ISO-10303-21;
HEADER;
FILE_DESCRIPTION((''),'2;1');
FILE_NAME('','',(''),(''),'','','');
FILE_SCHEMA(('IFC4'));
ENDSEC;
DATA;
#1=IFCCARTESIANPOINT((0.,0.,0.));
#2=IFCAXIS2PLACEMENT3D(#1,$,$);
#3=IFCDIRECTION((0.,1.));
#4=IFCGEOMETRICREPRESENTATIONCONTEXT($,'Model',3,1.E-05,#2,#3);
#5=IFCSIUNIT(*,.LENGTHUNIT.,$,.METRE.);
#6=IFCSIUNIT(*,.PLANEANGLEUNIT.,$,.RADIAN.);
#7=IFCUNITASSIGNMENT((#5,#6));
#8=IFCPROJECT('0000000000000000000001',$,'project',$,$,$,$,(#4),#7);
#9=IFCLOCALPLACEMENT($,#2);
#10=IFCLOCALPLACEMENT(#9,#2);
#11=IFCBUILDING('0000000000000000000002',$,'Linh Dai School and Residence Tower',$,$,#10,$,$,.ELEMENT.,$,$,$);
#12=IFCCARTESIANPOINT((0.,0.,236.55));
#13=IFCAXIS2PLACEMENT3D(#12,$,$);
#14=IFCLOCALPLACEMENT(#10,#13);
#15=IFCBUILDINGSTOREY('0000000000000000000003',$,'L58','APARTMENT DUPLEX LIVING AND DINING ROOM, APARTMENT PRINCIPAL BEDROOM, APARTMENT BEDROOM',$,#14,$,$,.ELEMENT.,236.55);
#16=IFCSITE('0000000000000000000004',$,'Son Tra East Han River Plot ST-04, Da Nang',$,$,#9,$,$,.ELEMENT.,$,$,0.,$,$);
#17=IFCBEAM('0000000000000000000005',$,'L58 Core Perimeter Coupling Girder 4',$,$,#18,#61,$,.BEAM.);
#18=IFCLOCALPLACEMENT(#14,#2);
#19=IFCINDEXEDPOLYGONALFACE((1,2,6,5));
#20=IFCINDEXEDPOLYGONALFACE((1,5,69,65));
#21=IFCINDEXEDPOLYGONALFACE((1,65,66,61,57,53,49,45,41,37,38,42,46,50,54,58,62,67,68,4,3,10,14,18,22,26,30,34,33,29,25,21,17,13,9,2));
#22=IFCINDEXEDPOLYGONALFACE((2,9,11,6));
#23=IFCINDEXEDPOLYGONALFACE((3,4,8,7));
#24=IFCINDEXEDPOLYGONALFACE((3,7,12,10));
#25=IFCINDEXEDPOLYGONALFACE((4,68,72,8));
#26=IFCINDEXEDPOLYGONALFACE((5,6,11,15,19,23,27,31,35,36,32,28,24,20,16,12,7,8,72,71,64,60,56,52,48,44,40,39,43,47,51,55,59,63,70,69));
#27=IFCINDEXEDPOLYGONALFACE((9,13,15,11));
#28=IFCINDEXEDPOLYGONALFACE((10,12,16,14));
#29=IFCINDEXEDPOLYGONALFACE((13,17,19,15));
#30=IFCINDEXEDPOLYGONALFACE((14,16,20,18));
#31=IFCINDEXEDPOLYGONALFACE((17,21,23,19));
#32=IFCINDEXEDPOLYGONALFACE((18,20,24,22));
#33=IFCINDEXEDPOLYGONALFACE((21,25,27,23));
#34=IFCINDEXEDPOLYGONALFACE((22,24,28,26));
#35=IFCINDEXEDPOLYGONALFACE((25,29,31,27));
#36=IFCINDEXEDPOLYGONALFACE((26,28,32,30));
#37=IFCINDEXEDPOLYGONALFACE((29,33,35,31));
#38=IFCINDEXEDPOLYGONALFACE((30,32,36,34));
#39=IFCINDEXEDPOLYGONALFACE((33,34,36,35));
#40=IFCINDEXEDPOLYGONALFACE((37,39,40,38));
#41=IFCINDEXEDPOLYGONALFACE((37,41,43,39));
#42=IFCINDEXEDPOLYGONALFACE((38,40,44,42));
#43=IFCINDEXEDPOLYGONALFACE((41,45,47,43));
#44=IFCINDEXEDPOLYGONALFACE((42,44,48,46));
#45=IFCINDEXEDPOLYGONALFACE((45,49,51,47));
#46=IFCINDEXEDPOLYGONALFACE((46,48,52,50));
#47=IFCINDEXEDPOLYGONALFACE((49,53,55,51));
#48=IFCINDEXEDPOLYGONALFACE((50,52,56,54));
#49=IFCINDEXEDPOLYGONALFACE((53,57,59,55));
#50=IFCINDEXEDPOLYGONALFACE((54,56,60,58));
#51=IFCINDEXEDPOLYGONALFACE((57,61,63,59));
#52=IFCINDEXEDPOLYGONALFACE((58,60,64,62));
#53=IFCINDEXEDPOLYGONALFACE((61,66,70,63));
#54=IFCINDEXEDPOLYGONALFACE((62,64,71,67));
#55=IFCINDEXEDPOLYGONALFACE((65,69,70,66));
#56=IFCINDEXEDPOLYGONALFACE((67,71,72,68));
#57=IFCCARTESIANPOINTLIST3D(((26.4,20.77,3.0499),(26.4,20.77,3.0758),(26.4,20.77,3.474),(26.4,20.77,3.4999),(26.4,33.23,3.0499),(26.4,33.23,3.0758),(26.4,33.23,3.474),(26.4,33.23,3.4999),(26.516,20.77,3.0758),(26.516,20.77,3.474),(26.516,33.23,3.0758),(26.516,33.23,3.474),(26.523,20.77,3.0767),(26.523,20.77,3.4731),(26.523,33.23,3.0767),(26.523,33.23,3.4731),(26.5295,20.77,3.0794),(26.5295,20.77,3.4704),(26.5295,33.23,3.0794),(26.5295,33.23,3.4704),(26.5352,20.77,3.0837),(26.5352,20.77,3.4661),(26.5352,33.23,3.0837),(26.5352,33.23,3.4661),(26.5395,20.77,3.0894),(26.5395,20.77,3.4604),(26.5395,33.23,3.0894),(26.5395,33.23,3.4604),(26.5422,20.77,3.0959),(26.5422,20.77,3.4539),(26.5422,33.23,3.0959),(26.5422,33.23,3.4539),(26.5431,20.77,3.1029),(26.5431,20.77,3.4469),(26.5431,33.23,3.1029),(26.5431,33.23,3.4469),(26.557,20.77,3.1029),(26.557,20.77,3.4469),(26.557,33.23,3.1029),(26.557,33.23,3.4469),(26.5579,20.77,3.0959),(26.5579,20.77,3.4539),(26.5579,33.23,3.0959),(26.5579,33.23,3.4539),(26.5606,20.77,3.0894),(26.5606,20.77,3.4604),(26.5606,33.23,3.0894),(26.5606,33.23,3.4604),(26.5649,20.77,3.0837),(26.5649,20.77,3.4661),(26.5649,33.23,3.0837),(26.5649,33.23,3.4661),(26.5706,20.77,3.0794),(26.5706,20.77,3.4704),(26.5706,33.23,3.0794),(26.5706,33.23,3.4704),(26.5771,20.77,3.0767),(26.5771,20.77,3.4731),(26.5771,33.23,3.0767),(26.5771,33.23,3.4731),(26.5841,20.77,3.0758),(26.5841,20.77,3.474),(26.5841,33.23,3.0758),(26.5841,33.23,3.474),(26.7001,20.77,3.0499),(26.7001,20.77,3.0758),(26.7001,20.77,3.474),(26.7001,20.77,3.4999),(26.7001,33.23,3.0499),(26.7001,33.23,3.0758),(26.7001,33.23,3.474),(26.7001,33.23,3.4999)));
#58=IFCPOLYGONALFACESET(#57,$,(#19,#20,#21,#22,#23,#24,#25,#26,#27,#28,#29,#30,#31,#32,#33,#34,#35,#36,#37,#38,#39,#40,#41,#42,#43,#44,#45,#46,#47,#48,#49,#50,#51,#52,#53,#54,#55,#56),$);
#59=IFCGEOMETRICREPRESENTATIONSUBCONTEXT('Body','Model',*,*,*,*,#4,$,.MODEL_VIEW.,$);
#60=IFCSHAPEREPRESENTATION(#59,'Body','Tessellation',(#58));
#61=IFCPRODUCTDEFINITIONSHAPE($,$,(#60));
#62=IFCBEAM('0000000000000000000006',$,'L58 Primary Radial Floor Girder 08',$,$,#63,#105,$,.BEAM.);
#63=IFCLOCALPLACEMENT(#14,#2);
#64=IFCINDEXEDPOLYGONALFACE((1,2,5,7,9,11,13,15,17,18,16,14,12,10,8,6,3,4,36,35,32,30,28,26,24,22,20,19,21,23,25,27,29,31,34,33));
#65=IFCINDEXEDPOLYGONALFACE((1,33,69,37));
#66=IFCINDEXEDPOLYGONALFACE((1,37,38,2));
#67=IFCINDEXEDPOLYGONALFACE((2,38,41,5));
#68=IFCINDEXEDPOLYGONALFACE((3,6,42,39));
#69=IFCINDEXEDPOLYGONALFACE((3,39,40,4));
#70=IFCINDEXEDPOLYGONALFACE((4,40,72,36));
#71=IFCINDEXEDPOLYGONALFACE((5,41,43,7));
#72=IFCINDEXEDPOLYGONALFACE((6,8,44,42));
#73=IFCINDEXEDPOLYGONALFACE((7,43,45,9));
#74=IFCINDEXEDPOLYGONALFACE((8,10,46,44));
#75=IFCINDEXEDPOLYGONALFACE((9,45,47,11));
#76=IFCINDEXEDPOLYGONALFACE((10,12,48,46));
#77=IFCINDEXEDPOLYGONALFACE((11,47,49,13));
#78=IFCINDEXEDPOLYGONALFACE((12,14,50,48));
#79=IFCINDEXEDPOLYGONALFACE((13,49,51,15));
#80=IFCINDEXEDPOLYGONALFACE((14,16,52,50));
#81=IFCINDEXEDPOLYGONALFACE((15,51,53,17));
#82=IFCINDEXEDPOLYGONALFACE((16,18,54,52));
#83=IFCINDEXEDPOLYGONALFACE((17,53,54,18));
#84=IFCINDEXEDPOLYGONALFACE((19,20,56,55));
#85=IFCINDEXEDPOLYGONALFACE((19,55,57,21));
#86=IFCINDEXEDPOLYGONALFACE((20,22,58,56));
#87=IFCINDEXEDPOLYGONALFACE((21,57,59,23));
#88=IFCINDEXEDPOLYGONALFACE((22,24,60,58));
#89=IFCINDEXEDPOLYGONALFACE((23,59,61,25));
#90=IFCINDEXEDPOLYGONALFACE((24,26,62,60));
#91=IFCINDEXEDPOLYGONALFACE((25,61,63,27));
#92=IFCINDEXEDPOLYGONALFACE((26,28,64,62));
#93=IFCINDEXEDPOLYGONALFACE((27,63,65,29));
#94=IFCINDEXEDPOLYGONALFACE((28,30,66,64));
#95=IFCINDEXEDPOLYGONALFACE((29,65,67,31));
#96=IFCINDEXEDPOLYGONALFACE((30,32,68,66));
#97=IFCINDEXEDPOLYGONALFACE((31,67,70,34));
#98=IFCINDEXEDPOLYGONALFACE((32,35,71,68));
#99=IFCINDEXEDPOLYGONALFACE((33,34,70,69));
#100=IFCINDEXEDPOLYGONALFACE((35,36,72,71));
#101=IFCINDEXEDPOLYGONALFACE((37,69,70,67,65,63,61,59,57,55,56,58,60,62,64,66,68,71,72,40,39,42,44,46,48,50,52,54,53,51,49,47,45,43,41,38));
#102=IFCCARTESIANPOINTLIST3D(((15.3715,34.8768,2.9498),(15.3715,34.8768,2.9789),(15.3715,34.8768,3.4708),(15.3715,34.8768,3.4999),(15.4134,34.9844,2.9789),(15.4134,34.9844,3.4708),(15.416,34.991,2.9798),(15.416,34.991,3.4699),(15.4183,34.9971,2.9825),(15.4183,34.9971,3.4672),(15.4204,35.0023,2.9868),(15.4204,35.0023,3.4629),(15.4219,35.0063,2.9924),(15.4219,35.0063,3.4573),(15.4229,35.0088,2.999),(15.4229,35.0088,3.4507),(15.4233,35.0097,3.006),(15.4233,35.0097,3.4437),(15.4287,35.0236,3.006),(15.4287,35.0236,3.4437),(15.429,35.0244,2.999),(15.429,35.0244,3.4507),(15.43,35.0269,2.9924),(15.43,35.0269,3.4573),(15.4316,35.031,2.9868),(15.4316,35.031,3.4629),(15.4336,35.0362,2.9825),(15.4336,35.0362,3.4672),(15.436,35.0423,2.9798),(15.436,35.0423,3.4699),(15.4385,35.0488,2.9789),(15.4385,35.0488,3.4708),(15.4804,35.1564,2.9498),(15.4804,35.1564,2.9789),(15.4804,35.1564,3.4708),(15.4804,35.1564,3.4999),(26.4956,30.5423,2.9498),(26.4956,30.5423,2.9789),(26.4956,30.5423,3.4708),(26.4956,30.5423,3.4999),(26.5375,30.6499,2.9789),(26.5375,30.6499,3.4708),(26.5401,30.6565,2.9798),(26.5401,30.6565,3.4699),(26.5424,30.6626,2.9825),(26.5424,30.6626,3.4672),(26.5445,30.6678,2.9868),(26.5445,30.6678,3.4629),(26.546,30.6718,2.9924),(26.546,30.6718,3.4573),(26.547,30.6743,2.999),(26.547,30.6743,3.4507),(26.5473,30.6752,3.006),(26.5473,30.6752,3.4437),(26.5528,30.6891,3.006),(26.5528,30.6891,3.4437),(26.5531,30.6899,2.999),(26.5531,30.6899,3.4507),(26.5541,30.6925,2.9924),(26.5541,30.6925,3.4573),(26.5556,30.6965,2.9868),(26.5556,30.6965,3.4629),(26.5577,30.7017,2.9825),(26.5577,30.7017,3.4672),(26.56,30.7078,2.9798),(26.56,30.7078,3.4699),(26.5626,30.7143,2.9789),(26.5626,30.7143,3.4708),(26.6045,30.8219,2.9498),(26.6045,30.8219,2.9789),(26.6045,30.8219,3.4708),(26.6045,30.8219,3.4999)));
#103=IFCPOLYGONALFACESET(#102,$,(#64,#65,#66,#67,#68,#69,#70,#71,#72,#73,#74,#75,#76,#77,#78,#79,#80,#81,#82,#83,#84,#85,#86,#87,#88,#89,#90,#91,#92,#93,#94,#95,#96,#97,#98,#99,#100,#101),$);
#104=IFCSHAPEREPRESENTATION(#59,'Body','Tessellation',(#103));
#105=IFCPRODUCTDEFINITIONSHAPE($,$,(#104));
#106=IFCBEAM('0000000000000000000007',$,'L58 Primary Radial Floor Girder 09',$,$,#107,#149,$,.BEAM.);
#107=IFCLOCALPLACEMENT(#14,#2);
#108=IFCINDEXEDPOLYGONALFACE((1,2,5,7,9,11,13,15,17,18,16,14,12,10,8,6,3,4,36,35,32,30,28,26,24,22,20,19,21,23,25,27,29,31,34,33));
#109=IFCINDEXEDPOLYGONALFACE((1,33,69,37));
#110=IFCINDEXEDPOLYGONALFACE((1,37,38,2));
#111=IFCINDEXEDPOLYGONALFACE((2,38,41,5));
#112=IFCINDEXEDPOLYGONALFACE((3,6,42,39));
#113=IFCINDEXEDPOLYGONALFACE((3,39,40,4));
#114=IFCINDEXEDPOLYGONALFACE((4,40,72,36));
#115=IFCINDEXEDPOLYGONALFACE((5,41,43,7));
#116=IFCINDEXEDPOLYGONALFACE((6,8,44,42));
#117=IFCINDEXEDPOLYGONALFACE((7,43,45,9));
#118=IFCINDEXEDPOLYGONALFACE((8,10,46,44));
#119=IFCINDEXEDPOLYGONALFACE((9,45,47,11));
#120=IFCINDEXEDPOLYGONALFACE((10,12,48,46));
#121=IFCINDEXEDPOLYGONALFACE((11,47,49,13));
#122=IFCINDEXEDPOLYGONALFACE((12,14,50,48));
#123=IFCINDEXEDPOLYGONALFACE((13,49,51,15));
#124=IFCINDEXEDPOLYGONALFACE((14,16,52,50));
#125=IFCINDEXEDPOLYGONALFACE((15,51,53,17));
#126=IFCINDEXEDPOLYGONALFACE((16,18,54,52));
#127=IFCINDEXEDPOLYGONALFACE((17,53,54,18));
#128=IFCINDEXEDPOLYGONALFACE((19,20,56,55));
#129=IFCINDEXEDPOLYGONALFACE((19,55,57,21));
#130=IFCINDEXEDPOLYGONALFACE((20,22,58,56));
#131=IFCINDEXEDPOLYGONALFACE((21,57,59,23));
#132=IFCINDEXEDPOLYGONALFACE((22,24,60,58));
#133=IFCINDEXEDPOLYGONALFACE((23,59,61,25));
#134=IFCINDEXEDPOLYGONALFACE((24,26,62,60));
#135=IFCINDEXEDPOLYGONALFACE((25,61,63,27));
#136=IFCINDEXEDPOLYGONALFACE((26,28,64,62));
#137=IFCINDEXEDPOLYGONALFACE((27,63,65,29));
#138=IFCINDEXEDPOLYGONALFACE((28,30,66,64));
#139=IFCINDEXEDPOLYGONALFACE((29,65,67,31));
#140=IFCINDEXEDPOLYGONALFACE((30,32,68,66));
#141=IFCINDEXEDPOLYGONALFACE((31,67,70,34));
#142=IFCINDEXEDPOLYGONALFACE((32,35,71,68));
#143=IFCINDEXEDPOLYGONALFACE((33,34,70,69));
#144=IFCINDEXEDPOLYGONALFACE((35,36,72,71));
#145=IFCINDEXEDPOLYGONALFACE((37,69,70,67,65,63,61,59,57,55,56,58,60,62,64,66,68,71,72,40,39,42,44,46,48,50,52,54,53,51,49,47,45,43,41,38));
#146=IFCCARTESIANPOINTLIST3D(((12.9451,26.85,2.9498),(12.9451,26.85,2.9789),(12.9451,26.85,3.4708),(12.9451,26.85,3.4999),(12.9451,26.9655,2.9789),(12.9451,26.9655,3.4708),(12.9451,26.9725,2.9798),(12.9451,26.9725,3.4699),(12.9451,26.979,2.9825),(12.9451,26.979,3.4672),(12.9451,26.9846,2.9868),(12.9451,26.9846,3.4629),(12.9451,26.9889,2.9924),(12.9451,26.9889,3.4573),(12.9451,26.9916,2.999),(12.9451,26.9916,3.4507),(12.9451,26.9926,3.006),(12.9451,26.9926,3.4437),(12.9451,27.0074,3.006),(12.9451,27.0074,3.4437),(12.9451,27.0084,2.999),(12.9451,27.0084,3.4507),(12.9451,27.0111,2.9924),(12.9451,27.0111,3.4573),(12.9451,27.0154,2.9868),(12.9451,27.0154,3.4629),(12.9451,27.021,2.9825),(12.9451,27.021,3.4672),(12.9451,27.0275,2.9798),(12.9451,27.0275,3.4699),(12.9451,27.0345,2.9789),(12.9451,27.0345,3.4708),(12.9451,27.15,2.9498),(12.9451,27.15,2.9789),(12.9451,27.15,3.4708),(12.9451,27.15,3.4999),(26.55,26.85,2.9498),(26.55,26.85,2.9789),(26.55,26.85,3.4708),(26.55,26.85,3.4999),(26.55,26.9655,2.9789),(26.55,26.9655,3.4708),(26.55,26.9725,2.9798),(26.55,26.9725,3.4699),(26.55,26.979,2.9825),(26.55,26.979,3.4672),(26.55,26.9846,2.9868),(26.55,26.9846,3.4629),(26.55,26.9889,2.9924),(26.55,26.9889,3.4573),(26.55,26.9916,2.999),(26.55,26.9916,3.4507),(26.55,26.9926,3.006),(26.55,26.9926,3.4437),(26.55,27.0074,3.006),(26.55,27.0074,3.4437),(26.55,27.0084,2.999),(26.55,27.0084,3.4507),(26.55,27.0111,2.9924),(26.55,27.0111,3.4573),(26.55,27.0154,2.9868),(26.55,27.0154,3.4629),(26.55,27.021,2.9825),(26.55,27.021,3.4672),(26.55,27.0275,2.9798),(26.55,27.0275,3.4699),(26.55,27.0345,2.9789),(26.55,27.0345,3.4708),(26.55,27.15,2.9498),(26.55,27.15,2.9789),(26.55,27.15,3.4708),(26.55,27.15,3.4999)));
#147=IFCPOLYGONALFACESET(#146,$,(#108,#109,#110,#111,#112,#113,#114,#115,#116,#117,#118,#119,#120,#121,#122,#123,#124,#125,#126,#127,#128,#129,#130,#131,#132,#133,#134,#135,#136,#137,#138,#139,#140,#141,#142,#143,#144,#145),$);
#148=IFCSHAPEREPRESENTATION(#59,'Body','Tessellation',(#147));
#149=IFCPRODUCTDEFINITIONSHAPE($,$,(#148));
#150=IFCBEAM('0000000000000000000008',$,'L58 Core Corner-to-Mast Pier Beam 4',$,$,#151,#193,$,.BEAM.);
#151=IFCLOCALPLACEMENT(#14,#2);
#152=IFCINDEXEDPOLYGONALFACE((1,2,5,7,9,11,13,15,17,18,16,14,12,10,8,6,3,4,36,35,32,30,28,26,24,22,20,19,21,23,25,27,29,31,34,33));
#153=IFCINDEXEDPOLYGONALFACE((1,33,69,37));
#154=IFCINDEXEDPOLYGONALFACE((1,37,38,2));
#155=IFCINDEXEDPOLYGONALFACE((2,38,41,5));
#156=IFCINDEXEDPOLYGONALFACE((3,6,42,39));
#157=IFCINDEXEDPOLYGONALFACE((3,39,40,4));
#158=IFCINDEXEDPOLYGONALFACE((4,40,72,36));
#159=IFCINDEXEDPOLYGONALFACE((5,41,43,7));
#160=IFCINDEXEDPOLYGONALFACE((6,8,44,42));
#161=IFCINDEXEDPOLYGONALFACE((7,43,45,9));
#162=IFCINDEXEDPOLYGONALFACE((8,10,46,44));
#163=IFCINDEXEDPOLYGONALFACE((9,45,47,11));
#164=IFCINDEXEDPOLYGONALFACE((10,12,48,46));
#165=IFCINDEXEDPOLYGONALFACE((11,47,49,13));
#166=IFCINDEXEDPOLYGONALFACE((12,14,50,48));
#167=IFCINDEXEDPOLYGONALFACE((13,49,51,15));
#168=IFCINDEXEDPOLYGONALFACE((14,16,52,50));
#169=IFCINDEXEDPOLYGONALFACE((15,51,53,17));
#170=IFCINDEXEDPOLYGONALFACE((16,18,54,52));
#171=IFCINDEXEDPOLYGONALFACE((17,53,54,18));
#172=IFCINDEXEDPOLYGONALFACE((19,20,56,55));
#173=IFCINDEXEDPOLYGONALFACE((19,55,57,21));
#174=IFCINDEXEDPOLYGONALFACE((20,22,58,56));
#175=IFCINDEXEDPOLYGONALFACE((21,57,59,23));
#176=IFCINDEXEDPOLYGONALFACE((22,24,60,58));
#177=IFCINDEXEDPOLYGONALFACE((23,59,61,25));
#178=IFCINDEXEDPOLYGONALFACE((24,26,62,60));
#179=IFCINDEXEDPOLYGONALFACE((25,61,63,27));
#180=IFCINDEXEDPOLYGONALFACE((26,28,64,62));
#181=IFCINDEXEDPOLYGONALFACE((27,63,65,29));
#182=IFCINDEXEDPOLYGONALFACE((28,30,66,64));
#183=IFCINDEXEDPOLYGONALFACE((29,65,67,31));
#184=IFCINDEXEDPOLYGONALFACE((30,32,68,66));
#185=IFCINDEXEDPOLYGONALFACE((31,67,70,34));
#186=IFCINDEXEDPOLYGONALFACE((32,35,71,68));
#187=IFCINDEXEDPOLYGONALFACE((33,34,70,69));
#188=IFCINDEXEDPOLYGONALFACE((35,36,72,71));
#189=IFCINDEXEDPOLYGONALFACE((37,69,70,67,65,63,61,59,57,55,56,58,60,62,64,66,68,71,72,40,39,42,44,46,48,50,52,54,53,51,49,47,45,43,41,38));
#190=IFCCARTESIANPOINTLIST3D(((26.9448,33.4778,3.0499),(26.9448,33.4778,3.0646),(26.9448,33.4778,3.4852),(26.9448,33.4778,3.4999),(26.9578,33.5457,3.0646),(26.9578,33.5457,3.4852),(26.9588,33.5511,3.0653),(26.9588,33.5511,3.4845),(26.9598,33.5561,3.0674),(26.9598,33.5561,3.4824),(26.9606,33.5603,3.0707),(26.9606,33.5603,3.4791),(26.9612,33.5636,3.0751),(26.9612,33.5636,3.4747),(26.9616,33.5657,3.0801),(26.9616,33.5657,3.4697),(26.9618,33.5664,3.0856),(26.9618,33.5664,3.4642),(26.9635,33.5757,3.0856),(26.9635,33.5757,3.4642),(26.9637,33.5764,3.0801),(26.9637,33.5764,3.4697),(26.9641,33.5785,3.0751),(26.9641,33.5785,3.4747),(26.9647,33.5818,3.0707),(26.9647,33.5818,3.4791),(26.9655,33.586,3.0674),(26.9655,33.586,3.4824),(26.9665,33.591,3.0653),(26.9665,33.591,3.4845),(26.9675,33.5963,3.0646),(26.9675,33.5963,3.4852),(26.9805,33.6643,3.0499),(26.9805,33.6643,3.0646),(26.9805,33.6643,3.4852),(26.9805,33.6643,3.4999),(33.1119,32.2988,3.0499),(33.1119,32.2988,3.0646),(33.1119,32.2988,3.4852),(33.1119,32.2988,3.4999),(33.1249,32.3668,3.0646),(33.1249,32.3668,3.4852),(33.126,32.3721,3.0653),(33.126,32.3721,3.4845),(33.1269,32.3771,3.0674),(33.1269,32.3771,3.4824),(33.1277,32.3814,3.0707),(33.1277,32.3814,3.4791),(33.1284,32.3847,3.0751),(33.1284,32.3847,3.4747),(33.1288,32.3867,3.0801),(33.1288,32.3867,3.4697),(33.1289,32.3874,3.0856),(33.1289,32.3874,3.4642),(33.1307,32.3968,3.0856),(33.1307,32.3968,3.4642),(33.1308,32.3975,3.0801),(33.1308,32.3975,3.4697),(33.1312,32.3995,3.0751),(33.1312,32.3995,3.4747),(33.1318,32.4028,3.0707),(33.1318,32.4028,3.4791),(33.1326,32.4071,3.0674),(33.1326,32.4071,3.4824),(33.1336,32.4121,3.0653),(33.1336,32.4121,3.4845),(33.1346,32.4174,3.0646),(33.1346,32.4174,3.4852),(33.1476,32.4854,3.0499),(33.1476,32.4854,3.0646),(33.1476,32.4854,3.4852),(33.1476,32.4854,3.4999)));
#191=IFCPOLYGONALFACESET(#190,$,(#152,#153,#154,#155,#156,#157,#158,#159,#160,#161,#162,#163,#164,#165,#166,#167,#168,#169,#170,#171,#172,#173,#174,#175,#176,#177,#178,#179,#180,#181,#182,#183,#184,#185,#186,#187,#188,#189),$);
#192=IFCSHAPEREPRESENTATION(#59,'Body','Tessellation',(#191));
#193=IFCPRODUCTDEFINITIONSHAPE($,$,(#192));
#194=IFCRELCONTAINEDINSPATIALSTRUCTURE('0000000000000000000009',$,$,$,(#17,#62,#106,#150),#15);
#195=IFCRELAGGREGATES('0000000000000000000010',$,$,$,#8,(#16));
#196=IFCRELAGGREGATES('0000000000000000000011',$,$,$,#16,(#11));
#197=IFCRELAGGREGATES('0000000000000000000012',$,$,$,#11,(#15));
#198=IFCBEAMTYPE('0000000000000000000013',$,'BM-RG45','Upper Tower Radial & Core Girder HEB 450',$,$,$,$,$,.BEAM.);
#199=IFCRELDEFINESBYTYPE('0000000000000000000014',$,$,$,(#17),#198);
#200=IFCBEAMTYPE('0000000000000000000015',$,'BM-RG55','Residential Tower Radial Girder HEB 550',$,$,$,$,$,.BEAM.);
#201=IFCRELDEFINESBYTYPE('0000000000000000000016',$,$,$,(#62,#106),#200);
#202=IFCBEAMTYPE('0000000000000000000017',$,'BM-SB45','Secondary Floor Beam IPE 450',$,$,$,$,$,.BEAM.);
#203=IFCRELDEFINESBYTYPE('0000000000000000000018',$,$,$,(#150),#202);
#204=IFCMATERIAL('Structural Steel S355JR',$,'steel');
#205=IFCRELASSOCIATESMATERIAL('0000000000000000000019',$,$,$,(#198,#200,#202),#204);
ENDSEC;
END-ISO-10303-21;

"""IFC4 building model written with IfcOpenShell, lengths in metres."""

from ifc_helpers import new_model, si_unit, direction, frame, origin, origin_2d, place, context, subcontext, project, spatial, i_section, extrude, material, material_profile, profile_set, type_object, element, save


model = new_model("IFC4")

# Units and contexts
model_context = context("Model", 3, precision=1e-05, world=origin(), true_north=direction((0.0, 1.0)))
body_context = subcontext(model_context, "Body", "Model", "MODEL_VIEW")
ifc_project = project(units=[si_unit("LENGTHUNIT", "METRE"), si_unit("PLANEANGLEUNIT", "RADIAN")], contexts=[model_context])

# Site, building, storey
site_placement = place(None, origin())
site = spatial("IfcSite", under=ifc_project, at=site_placement, Name="Son Tra East Han River Plot ST-04, Da Nang", CompositionType="ELEMENT", RefElevation=0.0)
building_placement = place(site_placement, origin())
building = spatial("IfcBuilding", under=site, at=building_placement, Name="Linh Dai School and Residence Tower", CompositionType="ELEMENT")
storey_placement = place(building_placement, frame((0.0, 0.0, 236.55)))
storey = spatial("IfcBuildingStorey", under=building, at=storey_placement, Name="L58", Description="APARTMENT DUPLEX LIVING AND DINING ROOM, APARTMENT PRINCIPAL BEDROOM, APARTMENT BEDROOM", CompositionType="ELEMENT", Elevation=236.55)

# Shared definitions
ifc_material_1 = material(Name="Structural Steel S355JR", Category="steel")

# Beams
ifc_material_profile_1 = material_profile(ifc_material_1, i_section(OverallWidth=0.3, OverallDepth=0.45, WebThickness=0.0139, FlangeThickness=0.0259, FilletRadius=0.0271, at=origin_2d()), Name="HEB 450")
ifc_profile_set_1 = profile_set([ifc_material_profile_1], Name="Structural Steel S355JR")
beam_type_1 = type_object("IfcBeamType", Name="BM-RG45", Description="Upper Tower Radial & Core Girder HEB 450", PredefinedType="BEAM", material=ifc_profile_set_1)
beam_1_placement = place(storey_placement, frame((26.55, 33.23, 3.2749), z_axis=(0.0, -1.0, 0.0), x_axis=(1.0, 0.0, 0.0)))
element("IfcBeam", 1, at=beam_1_placement, inside=storey, type_object=beam_type_1, Name="L58 Core Perimeter Coupling Girder 4", PredefinedType="BEAM", context=body_context, shape_type="SweptSolid", body=[
    extrude(i_section(OverallWidth=0.3, OverallDepth=0.45, WebThickness=0.0139, FlangeThickness=0.0259, FilletRadius=0.0271, at=origin_2d()), origin(), (0.0, 0.0, 1.0), 12.46),
])
ifc_material_profile_2 = material_profile(ifc_material_1, i_section(OverallWidth=0.3, OverallDepth=0.55, WebThickness=0.0149, FlangeThickness=0.0291, FilletRadius=0.0271, at=origin_2d()), Name="HEB 550")
ifc_profile_set_2 = profile_set([ifc_material_profile_2], Name="Structural Steel S355JR")
beam_type_2 = type_object("IfcBeamType", Name="BM-RG55", Description="Residential Tower Radial Girder HEB 550", PredefinedType="BEAM", material=ifc_profile_set_2)
beam_2_placement = place(storey_placement, frame((26.55, 30.6821, 3.2249), z_axis=(-0.931765, 0.363062, 0.0), x_axis=(-0.363062, -0.931765, 0.0)))
element("IfcBeam", 2, at=beam_2_placement, inside=storey, type_object=beam_type_2, Name="L58 Primary Radial Floor Girder 08", PredefinedType="BEAM", context=body_context, shape_type="SweptSolid", body=[
    extrude(i_section(OverallWidth=0.3, OverallDepth=0.55, WebThickness=0.0149, FlangeThickness=0.0291, FilletRadius=0.0271, at=origin_2d()), origin(), (0.0, 0.0, 1.0), 11.9387),
])
beam_3_placement = place(storey_placement, frame((26.55, 27.0, 3.2249), z_axis=(-1.0, 0.0, 0.0), x_axis=(0.0, -1.0, 0.0)))
element("IfcBeam", 3, at=beam_3_placement, inside=storey, type_object=beam_type_2, Name="L58 Primary Radial Floor Girder 09", PredefinedType="BEAM", context=body_context, shape_type="SweptSolid", body=[
    extrude(i_section(OverallWidth=0.3, OverallDepth=0.55, WebThickness=0.0149, FlangeThickness=0.0291, FilletRadius=0.0271, at=origin_2d()), origin(), (0.0, 0.0, 1.0), 13.605),
])
ifc_material_profile_3 = material_profile(ifc_material_1, i_section(OverallWidth=0.1899, OverallDepth=0.45, WebThickness=0.0095, FlangeThickness=0.0146, FilletRadius=0.021, at=origin_2d()), Name="IPE 450")
ifc_profile_set_3 = profile_set([ifc_material_profile_3], Name="Structural Steel S355JR")
beam_type_3 = type_object("IfcBeamType", Name="BM-SB45", Description="Secondary Floor Beam IPE 450", PredefinedType="BEAM", material=ifc_profile_set_3)
beam_4_placement = place(storey_placement, frame((26.9626, 33.571, 3.2749), z_axis=(0.982214, -0.187764, 0.0), x_axis=(0.187764, 0.982214, 0.0)))
element("IfcBeam", 4, at=beam_4_placement, inside=storey, type_object=beam_type_3, Name="L58 Core Corner-to-Mast Pier Beam 4", PredefinedType="BEAM", context=body_context, shape_type="SweptSolid", body=[
    extrude(i_section(OverallWidth=0.1899, OverallDepth=0.45, WebThickness=0.0095, FlangeThickness=0.0146, FilletRadius=0.021, at=origin_2d()), origin(), (0.0, 0.0, 1.0), 6.2788),
])

save(model, "model.ifc")
